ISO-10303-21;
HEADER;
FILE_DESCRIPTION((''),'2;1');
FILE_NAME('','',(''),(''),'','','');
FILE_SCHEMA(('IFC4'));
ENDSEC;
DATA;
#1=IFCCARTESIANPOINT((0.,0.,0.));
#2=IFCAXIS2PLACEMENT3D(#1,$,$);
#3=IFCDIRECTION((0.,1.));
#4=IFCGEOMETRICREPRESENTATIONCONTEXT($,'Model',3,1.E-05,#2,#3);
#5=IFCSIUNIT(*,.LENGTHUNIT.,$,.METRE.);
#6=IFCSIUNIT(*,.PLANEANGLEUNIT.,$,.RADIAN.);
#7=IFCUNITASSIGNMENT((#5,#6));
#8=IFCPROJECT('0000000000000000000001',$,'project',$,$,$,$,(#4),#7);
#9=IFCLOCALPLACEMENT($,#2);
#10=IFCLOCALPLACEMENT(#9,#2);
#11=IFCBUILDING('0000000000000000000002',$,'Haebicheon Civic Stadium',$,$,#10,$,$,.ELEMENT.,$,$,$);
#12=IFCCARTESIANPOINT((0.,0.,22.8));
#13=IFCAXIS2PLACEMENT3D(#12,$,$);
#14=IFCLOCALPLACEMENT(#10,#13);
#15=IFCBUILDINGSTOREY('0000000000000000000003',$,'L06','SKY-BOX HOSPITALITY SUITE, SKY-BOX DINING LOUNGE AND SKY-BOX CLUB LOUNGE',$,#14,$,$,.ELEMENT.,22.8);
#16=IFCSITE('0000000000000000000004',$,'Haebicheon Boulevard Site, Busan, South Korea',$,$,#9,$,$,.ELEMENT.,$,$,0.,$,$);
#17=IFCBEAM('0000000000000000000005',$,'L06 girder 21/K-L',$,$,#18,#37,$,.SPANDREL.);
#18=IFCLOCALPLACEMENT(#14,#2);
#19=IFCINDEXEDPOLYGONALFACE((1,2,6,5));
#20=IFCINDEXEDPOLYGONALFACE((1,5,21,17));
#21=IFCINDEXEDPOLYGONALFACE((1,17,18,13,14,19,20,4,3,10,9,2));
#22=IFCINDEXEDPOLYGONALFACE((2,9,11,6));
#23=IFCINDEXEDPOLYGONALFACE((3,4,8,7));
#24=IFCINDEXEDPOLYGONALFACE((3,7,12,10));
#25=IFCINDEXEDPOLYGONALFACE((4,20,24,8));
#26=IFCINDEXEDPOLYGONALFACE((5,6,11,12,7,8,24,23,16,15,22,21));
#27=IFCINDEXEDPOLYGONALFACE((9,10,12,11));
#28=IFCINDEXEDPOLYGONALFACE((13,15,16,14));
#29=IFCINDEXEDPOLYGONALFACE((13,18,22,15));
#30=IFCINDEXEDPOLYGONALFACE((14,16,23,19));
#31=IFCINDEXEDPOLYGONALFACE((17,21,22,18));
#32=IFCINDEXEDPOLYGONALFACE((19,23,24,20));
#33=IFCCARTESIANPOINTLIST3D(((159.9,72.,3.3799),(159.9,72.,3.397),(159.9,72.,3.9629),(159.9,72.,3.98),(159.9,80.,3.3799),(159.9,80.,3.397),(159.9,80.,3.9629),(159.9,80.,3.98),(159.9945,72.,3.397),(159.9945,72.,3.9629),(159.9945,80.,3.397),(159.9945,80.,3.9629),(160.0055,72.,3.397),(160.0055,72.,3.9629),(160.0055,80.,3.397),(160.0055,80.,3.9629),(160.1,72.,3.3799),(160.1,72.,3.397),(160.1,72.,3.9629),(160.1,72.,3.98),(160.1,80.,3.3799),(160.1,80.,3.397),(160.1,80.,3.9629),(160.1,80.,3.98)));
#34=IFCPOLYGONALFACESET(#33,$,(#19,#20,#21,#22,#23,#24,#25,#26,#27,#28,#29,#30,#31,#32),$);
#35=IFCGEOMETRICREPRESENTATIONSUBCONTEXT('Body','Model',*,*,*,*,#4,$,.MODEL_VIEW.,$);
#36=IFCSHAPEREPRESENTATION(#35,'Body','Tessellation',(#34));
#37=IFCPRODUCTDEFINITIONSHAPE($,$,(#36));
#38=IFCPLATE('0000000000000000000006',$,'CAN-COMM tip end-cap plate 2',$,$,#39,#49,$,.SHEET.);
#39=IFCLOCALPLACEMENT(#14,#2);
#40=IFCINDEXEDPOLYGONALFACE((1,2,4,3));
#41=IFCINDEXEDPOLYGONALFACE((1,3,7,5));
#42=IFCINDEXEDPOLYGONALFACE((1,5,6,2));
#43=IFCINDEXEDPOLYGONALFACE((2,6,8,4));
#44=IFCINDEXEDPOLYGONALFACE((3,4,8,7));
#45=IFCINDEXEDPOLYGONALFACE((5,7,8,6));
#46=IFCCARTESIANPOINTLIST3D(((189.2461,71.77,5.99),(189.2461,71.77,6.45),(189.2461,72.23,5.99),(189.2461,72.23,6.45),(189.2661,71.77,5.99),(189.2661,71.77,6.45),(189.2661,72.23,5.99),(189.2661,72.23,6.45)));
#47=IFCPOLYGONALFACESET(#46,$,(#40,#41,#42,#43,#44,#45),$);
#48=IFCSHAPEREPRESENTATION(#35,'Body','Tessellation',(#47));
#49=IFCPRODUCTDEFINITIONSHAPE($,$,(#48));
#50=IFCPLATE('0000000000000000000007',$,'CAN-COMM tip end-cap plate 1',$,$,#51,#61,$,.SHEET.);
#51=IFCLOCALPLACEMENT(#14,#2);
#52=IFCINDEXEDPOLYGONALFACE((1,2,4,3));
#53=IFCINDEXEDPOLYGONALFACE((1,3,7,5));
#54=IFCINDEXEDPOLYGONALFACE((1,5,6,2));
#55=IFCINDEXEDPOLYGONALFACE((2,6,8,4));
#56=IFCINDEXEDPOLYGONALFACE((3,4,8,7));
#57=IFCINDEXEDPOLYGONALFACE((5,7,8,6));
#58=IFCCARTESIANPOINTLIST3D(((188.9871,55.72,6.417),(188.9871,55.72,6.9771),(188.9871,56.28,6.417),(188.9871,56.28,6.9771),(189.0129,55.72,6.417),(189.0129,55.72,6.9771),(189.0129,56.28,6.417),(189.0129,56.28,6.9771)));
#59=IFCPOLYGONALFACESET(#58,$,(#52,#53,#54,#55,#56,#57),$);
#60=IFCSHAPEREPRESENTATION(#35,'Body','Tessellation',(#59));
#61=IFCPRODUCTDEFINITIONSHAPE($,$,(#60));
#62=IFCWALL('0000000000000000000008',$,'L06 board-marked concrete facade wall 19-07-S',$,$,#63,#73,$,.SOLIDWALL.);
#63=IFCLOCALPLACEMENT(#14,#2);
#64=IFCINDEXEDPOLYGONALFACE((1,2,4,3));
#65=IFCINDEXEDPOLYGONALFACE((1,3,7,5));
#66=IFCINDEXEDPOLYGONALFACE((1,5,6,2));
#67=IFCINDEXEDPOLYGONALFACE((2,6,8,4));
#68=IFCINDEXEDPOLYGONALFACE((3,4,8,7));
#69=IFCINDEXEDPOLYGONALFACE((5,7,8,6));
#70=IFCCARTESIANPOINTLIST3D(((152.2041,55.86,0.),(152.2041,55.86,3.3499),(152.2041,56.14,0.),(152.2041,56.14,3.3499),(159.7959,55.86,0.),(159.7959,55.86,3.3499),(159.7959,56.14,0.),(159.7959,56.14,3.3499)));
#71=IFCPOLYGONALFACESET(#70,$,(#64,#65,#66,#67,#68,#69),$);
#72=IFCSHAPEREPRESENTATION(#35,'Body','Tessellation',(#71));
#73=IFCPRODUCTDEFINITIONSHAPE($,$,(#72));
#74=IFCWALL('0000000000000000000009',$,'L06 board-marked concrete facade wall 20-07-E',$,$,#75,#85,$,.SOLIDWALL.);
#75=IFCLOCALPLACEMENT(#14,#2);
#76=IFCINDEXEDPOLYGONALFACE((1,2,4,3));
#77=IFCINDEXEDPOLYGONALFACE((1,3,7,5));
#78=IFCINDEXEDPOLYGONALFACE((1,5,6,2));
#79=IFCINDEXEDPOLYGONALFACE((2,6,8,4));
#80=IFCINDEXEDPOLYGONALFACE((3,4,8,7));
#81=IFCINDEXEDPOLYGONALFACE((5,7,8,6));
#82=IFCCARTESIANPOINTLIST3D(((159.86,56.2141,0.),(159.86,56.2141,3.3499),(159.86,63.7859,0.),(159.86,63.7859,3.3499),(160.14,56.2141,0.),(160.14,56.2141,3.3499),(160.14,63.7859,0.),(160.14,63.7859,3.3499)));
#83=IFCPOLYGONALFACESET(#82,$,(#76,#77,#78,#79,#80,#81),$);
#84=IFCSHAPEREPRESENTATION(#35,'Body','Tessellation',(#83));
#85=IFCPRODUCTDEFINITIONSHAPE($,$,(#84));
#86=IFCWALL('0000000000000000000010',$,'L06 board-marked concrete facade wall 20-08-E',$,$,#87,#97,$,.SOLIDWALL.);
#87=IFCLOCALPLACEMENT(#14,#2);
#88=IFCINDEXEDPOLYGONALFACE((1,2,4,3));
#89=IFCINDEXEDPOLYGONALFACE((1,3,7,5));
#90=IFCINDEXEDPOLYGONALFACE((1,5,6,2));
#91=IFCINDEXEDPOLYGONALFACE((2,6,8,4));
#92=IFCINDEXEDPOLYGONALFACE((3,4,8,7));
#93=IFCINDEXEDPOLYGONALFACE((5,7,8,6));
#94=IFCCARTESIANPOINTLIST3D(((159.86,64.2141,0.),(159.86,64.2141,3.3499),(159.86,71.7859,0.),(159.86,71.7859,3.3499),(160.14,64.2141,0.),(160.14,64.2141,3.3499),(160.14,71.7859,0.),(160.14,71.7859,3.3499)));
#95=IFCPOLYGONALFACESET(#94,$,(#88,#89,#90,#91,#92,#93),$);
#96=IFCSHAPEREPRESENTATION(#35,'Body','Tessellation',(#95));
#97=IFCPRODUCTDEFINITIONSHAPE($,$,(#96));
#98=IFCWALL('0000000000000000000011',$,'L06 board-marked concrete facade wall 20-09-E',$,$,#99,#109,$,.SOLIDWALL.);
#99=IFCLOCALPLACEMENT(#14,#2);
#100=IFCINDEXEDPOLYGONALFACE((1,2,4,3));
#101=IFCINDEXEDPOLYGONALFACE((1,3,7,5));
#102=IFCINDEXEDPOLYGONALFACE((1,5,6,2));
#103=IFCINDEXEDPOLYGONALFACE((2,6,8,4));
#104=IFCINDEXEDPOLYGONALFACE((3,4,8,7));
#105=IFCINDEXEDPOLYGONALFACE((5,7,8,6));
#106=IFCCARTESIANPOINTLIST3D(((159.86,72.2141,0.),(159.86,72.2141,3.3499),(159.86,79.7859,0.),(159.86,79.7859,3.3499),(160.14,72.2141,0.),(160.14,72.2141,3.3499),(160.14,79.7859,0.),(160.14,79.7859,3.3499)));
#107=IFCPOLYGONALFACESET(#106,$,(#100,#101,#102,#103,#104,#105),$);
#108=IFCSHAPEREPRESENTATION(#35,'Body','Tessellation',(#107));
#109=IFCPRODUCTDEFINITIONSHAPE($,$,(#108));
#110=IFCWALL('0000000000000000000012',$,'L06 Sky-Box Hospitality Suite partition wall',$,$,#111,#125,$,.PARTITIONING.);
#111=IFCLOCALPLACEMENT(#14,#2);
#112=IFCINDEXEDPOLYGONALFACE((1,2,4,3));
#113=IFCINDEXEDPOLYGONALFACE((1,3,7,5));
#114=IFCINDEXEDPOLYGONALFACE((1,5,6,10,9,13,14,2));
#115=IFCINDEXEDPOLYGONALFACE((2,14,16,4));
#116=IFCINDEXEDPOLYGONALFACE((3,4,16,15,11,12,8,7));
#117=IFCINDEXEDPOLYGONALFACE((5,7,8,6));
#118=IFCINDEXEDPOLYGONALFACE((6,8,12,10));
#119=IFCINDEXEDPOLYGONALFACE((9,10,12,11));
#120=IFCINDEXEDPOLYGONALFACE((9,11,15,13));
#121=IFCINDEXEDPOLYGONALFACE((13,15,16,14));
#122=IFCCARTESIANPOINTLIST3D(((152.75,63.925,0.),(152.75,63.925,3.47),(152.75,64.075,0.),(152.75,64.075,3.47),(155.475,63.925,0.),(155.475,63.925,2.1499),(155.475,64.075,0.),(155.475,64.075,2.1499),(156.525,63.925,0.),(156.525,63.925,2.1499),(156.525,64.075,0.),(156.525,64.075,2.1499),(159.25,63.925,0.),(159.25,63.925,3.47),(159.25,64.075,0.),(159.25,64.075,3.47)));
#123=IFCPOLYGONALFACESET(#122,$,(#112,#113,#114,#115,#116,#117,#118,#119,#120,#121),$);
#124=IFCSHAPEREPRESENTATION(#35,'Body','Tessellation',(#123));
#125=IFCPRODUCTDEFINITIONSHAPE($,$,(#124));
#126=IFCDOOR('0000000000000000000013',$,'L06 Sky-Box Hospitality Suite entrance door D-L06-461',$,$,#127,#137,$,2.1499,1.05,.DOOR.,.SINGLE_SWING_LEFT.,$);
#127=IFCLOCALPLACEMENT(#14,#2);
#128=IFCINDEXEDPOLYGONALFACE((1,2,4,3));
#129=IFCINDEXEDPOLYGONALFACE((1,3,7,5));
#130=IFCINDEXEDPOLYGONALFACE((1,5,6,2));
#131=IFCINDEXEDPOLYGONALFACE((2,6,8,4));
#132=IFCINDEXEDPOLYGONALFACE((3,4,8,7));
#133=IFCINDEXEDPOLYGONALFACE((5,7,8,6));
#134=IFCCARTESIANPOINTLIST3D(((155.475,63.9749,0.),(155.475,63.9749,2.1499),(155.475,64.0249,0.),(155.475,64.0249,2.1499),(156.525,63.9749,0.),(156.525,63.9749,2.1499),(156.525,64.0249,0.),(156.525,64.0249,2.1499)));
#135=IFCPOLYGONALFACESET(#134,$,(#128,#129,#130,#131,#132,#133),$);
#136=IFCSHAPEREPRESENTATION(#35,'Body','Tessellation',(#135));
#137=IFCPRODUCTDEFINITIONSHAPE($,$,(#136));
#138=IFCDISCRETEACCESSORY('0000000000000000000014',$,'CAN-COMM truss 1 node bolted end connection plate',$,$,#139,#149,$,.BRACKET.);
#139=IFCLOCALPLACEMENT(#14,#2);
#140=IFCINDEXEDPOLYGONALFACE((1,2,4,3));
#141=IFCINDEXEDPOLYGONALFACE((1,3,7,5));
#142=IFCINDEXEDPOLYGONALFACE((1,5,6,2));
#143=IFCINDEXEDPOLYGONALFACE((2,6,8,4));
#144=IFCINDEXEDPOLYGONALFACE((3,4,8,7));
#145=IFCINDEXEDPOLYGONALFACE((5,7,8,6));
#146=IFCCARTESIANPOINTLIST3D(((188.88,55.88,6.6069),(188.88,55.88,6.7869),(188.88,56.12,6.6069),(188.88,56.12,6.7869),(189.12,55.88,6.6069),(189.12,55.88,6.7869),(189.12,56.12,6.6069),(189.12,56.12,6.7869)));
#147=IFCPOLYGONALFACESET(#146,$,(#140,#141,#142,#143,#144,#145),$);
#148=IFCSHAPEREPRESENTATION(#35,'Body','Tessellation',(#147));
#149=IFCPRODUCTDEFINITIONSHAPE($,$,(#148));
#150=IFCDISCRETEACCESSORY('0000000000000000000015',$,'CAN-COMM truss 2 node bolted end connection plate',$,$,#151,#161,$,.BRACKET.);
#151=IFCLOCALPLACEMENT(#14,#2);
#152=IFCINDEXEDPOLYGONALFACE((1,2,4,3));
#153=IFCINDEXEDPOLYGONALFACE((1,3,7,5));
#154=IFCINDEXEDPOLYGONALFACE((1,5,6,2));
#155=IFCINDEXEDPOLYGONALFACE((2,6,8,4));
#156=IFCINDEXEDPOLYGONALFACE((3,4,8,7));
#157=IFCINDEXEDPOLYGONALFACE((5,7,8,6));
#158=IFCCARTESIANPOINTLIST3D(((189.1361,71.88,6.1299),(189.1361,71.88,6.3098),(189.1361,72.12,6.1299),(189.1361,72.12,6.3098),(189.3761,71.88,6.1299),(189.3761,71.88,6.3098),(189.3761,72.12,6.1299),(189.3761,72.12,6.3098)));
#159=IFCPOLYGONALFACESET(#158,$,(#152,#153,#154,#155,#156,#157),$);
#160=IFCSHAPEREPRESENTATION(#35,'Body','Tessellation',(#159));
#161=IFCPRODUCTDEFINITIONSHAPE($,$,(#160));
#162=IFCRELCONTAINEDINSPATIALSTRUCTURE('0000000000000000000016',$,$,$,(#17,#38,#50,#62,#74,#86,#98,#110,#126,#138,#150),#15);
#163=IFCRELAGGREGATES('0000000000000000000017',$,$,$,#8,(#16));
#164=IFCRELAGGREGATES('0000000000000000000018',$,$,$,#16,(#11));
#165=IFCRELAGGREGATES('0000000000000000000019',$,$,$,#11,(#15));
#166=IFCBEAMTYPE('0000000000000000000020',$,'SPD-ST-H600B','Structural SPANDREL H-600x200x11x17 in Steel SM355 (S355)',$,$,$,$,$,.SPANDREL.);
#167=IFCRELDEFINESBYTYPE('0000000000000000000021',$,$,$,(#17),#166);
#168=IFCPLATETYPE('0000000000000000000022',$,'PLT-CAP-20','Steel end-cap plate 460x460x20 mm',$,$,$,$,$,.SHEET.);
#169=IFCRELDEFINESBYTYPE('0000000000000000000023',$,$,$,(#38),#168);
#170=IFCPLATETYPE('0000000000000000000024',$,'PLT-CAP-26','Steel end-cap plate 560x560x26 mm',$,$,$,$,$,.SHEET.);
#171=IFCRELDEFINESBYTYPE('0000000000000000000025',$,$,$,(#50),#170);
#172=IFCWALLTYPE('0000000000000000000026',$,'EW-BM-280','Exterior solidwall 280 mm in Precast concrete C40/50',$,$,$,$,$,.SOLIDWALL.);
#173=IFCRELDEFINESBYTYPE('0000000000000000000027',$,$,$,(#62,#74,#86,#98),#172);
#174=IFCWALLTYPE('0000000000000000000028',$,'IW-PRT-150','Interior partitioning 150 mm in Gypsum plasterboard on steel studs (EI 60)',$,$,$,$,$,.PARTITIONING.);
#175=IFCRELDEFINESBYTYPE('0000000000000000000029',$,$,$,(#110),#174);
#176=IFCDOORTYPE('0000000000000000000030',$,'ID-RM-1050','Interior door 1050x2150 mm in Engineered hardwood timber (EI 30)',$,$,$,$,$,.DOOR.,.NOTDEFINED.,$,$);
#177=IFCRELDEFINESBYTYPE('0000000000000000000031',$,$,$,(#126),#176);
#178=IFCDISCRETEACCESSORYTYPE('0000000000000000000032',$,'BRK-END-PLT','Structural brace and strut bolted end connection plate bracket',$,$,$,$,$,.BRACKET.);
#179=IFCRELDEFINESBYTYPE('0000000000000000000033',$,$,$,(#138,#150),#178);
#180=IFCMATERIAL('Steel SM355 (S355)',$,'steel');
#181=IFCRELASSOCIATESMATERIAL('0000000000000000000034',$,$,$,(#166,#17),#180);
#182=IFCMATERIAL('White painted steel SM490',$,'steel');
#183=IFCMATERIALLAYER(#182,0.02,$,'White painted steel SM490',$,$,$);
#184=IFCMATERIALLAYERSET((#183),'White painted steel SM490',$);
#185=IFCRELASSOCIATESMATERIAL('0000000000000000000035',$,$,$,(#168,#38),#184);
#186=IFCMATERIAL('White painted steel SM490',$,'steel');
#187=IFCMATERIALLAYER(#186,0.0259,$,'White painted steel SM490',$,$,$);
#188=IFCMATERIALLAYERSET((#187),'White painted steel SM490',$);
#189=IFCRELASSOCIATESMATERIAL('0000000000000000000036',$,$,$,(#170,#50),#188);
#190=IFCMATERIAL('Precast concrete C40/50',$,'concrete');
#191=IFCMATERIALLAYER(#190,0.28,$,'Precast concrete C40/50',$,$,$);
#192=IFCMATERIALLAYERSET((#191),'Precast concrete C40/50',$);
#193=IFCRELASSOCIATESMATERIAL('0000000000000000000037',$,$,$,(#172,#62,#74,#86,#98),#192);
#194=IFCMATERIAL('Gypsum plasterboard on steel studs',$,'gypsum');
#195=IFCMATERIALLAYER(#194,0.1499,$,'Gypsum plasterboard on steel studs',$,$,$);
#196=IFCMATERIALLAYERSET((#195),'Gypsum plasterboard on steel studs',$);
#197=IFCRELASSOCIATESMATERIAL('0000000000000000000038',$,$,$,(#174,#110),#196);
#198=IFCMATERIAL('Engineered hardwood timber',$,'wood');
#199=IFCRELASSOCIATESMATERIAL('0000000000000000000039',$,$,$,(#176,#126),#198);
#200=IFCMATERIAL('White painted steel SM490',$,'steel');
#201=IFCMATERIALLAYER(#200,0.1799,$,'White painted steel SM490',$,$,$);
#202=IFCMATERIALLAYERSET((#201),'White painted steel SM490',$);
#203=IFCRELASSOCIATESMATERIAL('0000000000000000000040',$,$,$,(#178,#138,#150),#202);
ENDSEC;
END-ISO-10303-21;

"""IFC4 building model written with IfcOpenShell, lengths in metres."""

from ifc_helpers import new_model, si_unit, direction, frame, frame_2d, origin, origin_2d, place, context, subcontext, project, spatial, rectangle, i_section, extrude, material, layer, layer_set, material_profile, profile_set, type_object, element, fill, save


model = new_model("IFC4")

# Units and contexts
model_context = context("Model", 3, precision=1e-05, world=origin(), true_north=direction((0.0, 1.0)))
body_context = subcontext(model_context, "Body", "Model", "MODEL_VIEW")
ifc_project = project(units=[si_unit("LENGTHUNIT", "METRE"), si_unit("PLANEANGLEUNIT", "RADIAN")], contexts=[model_context])

# Site, building, storey
site_placement = place(None, origin())
site = spatial("IfcSite", under=ifc_project, at=site_placement, Name="Haebicheon Boulevard Site, Busan, South Korea", CompositionType="ELEMENT", RefElevation=0.0)
building_placement = place(site_placement, origin())
building = spatial("IfcBuilding", under=site, at=building_placement, Name="Haebicheon Civic Stadium", CompositionType="ELEMENT")
storey_placement = place(building_placement, frame((0.0, 0.0, 22.8)))
storey = spatial("IfcBuildingStorey", under=building, at=storey_placement, Name="L06", Description="SKY-BOX HOSPITALITY SUITE, SKY-BOX DINING LOUNGE AND SKY-BOX CLUB LOUNGE", CompositionType="ELEMENT", Elevation=22.8)

# Beam
ifc_material_1 = material(Name="Steel SM355 (S355)", Category="steel")
ifc_material_profile_1 = material_profile(ifc_material_1, i_section(OverallWidth=0.2, OverallDepth=0.6001, WebThickness=0.011, FlangeThickness=0.0171, at=origin_2d()), Name="H-600x200x11x17")
ifc_profile_set_1 = profile_set([ifc_material_profile_1], Name="Steel SM355 (S355)")
beam_type_1 = type_object("IfcBeamType", Name="SPD-ST-H600B", Description="Structural SPANDREL H-600x200x11x17 in Steel SM355 (S355)", PredefinedType="SPANDREL", material=ifc_profile_set_1)
for number, where, z_axis, x_axis, name in (
    (1, (160.0, 72.0, 3.6799), (0.0, 1.0, 0.0), (-1.0, 0.0, 0.0), "L06 girder 21/K-L"),
):
    element("IfcBeam", number, at=place(storey_placement, frame(where, z_axis=z_axis, x_axis=x_axis)), inside=storey, type_object=beam_type_1, material=ifc_profile_set_1, Name=name, PredefinedType="SPANDREL", context=body_context, shape_type="SweptSolid", body=[
        extrude(i_section(OverallWidth=0.2, OverallDepth=0.6001, WebThickness=0.011, FlangeThickness=0.0171, at=origin_2d()), origin(), (0.0, 0.0, 1.0), 8.0),
    ])

# Plates
ifc_material_2 = material(Name="White painted steel SM490", Category="steel")
ifc_layer_1 = layer(ifc_material_2, 0.02, Name="White painted steel SM490")
ifc_layer_set_1 = layer_set([ifc_layer_1], Name="White painted steel SM490")
plate_type_1 = type_object("IfcPlateType", Name="PLT-CAP-20", Description="Steel end-cap plate 460x460x20 mm", PredefinedType="SHEET", material=ifc_layer_set_1)
plate_1_placement = place(storey_placement, frame((189.2561, 72.0, 5.99), z_axis=(0.0, 0.0, 1.0), x_axis=(0.0, 1.0, 0.0)))
element("IfcPlate", 2, at=plate_1_placement, inside=storey, type_object=plate_type_1, material=ifc_layer_set_1, Name="CAN-COMM tip end-cap plate 2", PredefinedType="SHEET", context=body_context, shape_type="SweptSolid", body=[
    extrude(rectangle(XDim=0.46, YDim=0.02, at=origin_2d()), origin(), (0.0, 0.0, 1.0), 0.46),
])
ifc_material_3 = material(Name="White painted steel SM490", Category="steel")
ifc_layer_2 = layer(ifc_material_3, 0.0259, Name="White painted steel SM490")
ifc_layer_set_2 = layer_set([ifc_layer_2], Name="White painted steel SM490")
plate_type_2 = type_object("IfcPlateType", Name="PLT-CAP-26", Description="Steel end-cap plate 560x560x26 mm", PredefinedType="SHEET", material=ifc_layer_set_2)
plate_2_placement = place(storey_placement, frame((189.0, 56.0, 6.417), z_axis=(0.0, 0.0, 1.0), x_axis=(0.0, 1.0, 0.0)))
element("IfcPlate", 3, at=plate_2_placement, inside=storey, type_object=plate_type_2, material=ifc_layer_set_2, Name="CAN-COMM tip end-cap plate 1", PredefinedType="SHEET", context=body_context, shape_type="SweptSolid", body=[
    extrude(rectangle(XDim=0.5601, YDim=0.0259, at=origin_2d()), origin(), (0.0, 0.0, 1.0), 0.5601),
])

# Walls
ifc_material_4 = material(Name="Precast concrete C40/50", Category="concrete")
ifc_layer_3 = layer(ifc_material_4, 0.28, Name="Precast concrete C40/50")
ifc_layer_set_3 = layer_set([ifc_layer_3], Name="Precast concrete C40/50")
wall_type_1 = type_object("IfcWallType", Name="EW-BM-280", Description="Exterior solidwall 280 mm in Precast concrete C40/50", PredefinedType="SOLIDWALL", material=ifc_layer_set_3)
wall_1_placement = place(storey_placement, frame((152.2041, 56.0, 0.0), z_axis=(0.0, 0.0, 1.0), x_axis=(1.0, 0.0, 0.0)))
element("IfcWall", 4, at=wall_1_placement, inside=storey, type_object=wall_type_1, material=ifc_layer_set_3, Name="L06 board-marked concrete facade wall 19-07-S", PredefinedType="SOLIDWALL", context=body_context, shape_type="SweptSolid", body=[
    extrude(rectangle(XDim=7.5918, YDim=0.28, at=frame_2d((3.7959, 0.0))), origin(), (0.0, 0.0, 1.0), 3.3499),
])
for number, where, z_axis, x_axis, name in (
    (5, (160.0, 56.2141, 0.0), (0.0, 0.0, 1.0), (0.0, 1.0, 0.0), "L06 board-marked concrete facade wall 20-07-E"),
    (6, (160.0, 64.2141, 0.0), (0.0, 0.0, 1.0), (0.0, 1.0, 0.0), "L06 board-marked concrete facade wall 20-08-E"),
    (7, (160.0, 72.2141, 0.0), (0.0, 0.0, 1.0), (0.0, 1.0, 0.0), "L06 board-marked concrete facade wall 20-09-E"),
):
    element("IfcWall", number, at=place(storey_placement, frame(where, z_axis=z_axis, x_axis=x_axis)), inside=storey, type_object=wall_type_1, material=ifc_layer_set_3, Name=name, PredefinedType="SOLIDWALL", context=body_context, shape_type="SweptSolid", body=[
        extrude(rectangle(XDim=7.5718, YDim=0.28, at=frame_2d((3.7859, 0.0))), origin(), (0.0, 0.0, 1.0), 3.3499),
    ])

# Wall, opening, door
ifc_material_5 = material(Name="Gypsum plasterboard on steel studs", Category="gypsum")
ifc_layer_4 = layer(ifc_material_5, 0.1499, Name="Gypsum plasterboard on steel studs")
ifc_layer_set_4 = layer_set([ifc_layer_4], Name="Gypsum plasterboard on steel studs")
wall_type_2 = type_object("IfcWallType", Name="IW-PRT-150", Description="Interior partitioning 150 mm in Gypsum plasterboard on steel studs (EI 60)", PredefinedType="PARTITIONING", material=ifc_layer_set_4)
wall_2_placement = place(storey_placement, frame((152.75, 64.0, 0.0), z_axis=(0.0, 0.0, 1.0), x_axis=(1.0, 0.0, 0.0)))
wall_2 = element("IfcWall", 8, at=wall_2_placement, inside=storey, type_object=wall_type_2, material=ifc_layer_set_4, Name="L06 Sky-Box Hospitality Suite partition wall", PredefinedType="PARTITIONING", context=body_context, shape_type="SweptSolid", body=[
    extrude(rectangle(XDim=6.5, YDim=0.1499, at=frame_2d((3.25, 0.0))), origin(), (0.0, 0.0, 1.0), 3.47),
])
opening_placement = place(wall_2_placement, frame((2.7251, 0.0, 0.0)))
opening = element("IfcOpeningElement", 9, at=opening_placement, cuts=wall_2, PredefinedType="OPENING", context=body_context, shape_type="SweptSolid", body=[
    extrude(rectangle(XDim=1.05, YDim=2.1499, at=frame_2d((0.5249, 1.075))), frame((0.0, 0.085, 0.0), z_axis=(0.0, -1.0, 0.0), x_axis=(1.0, 0.0, 0.0)), (0.0, 0.0, 1.0), 0.1699),
])
ifc_material_6 = material(Name="Engineered hardwood timber", Category="wood")
door_type = type_object("IfcDoorType", Name="ID-RM-1050", Description="Interior door 1050x2150 mm in Engineered hardwood timber (EI 30)", OperationType="NOTDEFINED", PredefinedType="DOOR", material=ifc_material_6)
door_placement = place(opening_placement, origin())
door = element("IfcDoor", 10, at=door_placement, inside=storey, type_object=door_type, material=ifc_material_6, Name="L06 Sky-Box Hospitality Suite entrance door D-L06-461", OperationType="SINGLE_SWING_LEFT", OverallHeight=2.1499, OverallWidth=1.05, PredefinedType="DOOR", context=body_context, shape_type="SweptSolid", body=[
    extrude(rectangle(XDim=1.05, YDim=2.1499, at=frame_2d((0.5249, 1.075))), frame((0.0, 0.0249, 0.0), z_axis=(0.0, -1.0, 0.0), x_axis=(1.0, 0.0, 0.0)), (0.0, 0.0, 1.0), 0.05),
])
fill(opening, door)

# Discrete accessories
ifc_material_7 = material(Name="White painted steel SM490", Category="steel")
ifc_layer_5 = layer(ifc_material_7, 0.1799, Name="White painted steel SM490")
ifc_layer_set_5 = layer_set([ifc_layer_5], Name="White painted steel SM490")
discrete_accessory_type = type_object("IfcDiscreteAccessoryType", Name="BRK-END-PLT", Description="Structural brace and strut bolted end connection plate bracket", PredefinedType="BRACKET", material=ifc_layer_set_5)
for number, where, z_axis, x_axis, name in (
    (11, (189.0, 56.0, 6.6069), (0.0, 0.0, 1.0), (1.0, 0.0, 0.0), "CAN-COMM truss 1 node bolted end connection plate"),
    (12, (189.2561, 72.0, 6.1299), (0.0, 0.0, 1.0), (1.0, 0.0, 0.0), "CAN-COMM truss 2 node bolted end connection plate"),
):
    element("IfcDiscreteAccessory", number, at=place(storey_placement, frame(where, z_axis=z_axis, x_axis=x_axis)), inside=storey, type_object=discrete_accessory_type, material=ifc_layer_set_5, Name=name, PredefinedType="BRACKET", context=body_context, shape_type="SweptSolid", body=[
        extrude(rectangle(XDim=0.24, YDim=0.24, at=origin_2d()), origin(), (0.0, 0.0, 1.0), 0.1799),
    ])

save(model, "model.ifc")
